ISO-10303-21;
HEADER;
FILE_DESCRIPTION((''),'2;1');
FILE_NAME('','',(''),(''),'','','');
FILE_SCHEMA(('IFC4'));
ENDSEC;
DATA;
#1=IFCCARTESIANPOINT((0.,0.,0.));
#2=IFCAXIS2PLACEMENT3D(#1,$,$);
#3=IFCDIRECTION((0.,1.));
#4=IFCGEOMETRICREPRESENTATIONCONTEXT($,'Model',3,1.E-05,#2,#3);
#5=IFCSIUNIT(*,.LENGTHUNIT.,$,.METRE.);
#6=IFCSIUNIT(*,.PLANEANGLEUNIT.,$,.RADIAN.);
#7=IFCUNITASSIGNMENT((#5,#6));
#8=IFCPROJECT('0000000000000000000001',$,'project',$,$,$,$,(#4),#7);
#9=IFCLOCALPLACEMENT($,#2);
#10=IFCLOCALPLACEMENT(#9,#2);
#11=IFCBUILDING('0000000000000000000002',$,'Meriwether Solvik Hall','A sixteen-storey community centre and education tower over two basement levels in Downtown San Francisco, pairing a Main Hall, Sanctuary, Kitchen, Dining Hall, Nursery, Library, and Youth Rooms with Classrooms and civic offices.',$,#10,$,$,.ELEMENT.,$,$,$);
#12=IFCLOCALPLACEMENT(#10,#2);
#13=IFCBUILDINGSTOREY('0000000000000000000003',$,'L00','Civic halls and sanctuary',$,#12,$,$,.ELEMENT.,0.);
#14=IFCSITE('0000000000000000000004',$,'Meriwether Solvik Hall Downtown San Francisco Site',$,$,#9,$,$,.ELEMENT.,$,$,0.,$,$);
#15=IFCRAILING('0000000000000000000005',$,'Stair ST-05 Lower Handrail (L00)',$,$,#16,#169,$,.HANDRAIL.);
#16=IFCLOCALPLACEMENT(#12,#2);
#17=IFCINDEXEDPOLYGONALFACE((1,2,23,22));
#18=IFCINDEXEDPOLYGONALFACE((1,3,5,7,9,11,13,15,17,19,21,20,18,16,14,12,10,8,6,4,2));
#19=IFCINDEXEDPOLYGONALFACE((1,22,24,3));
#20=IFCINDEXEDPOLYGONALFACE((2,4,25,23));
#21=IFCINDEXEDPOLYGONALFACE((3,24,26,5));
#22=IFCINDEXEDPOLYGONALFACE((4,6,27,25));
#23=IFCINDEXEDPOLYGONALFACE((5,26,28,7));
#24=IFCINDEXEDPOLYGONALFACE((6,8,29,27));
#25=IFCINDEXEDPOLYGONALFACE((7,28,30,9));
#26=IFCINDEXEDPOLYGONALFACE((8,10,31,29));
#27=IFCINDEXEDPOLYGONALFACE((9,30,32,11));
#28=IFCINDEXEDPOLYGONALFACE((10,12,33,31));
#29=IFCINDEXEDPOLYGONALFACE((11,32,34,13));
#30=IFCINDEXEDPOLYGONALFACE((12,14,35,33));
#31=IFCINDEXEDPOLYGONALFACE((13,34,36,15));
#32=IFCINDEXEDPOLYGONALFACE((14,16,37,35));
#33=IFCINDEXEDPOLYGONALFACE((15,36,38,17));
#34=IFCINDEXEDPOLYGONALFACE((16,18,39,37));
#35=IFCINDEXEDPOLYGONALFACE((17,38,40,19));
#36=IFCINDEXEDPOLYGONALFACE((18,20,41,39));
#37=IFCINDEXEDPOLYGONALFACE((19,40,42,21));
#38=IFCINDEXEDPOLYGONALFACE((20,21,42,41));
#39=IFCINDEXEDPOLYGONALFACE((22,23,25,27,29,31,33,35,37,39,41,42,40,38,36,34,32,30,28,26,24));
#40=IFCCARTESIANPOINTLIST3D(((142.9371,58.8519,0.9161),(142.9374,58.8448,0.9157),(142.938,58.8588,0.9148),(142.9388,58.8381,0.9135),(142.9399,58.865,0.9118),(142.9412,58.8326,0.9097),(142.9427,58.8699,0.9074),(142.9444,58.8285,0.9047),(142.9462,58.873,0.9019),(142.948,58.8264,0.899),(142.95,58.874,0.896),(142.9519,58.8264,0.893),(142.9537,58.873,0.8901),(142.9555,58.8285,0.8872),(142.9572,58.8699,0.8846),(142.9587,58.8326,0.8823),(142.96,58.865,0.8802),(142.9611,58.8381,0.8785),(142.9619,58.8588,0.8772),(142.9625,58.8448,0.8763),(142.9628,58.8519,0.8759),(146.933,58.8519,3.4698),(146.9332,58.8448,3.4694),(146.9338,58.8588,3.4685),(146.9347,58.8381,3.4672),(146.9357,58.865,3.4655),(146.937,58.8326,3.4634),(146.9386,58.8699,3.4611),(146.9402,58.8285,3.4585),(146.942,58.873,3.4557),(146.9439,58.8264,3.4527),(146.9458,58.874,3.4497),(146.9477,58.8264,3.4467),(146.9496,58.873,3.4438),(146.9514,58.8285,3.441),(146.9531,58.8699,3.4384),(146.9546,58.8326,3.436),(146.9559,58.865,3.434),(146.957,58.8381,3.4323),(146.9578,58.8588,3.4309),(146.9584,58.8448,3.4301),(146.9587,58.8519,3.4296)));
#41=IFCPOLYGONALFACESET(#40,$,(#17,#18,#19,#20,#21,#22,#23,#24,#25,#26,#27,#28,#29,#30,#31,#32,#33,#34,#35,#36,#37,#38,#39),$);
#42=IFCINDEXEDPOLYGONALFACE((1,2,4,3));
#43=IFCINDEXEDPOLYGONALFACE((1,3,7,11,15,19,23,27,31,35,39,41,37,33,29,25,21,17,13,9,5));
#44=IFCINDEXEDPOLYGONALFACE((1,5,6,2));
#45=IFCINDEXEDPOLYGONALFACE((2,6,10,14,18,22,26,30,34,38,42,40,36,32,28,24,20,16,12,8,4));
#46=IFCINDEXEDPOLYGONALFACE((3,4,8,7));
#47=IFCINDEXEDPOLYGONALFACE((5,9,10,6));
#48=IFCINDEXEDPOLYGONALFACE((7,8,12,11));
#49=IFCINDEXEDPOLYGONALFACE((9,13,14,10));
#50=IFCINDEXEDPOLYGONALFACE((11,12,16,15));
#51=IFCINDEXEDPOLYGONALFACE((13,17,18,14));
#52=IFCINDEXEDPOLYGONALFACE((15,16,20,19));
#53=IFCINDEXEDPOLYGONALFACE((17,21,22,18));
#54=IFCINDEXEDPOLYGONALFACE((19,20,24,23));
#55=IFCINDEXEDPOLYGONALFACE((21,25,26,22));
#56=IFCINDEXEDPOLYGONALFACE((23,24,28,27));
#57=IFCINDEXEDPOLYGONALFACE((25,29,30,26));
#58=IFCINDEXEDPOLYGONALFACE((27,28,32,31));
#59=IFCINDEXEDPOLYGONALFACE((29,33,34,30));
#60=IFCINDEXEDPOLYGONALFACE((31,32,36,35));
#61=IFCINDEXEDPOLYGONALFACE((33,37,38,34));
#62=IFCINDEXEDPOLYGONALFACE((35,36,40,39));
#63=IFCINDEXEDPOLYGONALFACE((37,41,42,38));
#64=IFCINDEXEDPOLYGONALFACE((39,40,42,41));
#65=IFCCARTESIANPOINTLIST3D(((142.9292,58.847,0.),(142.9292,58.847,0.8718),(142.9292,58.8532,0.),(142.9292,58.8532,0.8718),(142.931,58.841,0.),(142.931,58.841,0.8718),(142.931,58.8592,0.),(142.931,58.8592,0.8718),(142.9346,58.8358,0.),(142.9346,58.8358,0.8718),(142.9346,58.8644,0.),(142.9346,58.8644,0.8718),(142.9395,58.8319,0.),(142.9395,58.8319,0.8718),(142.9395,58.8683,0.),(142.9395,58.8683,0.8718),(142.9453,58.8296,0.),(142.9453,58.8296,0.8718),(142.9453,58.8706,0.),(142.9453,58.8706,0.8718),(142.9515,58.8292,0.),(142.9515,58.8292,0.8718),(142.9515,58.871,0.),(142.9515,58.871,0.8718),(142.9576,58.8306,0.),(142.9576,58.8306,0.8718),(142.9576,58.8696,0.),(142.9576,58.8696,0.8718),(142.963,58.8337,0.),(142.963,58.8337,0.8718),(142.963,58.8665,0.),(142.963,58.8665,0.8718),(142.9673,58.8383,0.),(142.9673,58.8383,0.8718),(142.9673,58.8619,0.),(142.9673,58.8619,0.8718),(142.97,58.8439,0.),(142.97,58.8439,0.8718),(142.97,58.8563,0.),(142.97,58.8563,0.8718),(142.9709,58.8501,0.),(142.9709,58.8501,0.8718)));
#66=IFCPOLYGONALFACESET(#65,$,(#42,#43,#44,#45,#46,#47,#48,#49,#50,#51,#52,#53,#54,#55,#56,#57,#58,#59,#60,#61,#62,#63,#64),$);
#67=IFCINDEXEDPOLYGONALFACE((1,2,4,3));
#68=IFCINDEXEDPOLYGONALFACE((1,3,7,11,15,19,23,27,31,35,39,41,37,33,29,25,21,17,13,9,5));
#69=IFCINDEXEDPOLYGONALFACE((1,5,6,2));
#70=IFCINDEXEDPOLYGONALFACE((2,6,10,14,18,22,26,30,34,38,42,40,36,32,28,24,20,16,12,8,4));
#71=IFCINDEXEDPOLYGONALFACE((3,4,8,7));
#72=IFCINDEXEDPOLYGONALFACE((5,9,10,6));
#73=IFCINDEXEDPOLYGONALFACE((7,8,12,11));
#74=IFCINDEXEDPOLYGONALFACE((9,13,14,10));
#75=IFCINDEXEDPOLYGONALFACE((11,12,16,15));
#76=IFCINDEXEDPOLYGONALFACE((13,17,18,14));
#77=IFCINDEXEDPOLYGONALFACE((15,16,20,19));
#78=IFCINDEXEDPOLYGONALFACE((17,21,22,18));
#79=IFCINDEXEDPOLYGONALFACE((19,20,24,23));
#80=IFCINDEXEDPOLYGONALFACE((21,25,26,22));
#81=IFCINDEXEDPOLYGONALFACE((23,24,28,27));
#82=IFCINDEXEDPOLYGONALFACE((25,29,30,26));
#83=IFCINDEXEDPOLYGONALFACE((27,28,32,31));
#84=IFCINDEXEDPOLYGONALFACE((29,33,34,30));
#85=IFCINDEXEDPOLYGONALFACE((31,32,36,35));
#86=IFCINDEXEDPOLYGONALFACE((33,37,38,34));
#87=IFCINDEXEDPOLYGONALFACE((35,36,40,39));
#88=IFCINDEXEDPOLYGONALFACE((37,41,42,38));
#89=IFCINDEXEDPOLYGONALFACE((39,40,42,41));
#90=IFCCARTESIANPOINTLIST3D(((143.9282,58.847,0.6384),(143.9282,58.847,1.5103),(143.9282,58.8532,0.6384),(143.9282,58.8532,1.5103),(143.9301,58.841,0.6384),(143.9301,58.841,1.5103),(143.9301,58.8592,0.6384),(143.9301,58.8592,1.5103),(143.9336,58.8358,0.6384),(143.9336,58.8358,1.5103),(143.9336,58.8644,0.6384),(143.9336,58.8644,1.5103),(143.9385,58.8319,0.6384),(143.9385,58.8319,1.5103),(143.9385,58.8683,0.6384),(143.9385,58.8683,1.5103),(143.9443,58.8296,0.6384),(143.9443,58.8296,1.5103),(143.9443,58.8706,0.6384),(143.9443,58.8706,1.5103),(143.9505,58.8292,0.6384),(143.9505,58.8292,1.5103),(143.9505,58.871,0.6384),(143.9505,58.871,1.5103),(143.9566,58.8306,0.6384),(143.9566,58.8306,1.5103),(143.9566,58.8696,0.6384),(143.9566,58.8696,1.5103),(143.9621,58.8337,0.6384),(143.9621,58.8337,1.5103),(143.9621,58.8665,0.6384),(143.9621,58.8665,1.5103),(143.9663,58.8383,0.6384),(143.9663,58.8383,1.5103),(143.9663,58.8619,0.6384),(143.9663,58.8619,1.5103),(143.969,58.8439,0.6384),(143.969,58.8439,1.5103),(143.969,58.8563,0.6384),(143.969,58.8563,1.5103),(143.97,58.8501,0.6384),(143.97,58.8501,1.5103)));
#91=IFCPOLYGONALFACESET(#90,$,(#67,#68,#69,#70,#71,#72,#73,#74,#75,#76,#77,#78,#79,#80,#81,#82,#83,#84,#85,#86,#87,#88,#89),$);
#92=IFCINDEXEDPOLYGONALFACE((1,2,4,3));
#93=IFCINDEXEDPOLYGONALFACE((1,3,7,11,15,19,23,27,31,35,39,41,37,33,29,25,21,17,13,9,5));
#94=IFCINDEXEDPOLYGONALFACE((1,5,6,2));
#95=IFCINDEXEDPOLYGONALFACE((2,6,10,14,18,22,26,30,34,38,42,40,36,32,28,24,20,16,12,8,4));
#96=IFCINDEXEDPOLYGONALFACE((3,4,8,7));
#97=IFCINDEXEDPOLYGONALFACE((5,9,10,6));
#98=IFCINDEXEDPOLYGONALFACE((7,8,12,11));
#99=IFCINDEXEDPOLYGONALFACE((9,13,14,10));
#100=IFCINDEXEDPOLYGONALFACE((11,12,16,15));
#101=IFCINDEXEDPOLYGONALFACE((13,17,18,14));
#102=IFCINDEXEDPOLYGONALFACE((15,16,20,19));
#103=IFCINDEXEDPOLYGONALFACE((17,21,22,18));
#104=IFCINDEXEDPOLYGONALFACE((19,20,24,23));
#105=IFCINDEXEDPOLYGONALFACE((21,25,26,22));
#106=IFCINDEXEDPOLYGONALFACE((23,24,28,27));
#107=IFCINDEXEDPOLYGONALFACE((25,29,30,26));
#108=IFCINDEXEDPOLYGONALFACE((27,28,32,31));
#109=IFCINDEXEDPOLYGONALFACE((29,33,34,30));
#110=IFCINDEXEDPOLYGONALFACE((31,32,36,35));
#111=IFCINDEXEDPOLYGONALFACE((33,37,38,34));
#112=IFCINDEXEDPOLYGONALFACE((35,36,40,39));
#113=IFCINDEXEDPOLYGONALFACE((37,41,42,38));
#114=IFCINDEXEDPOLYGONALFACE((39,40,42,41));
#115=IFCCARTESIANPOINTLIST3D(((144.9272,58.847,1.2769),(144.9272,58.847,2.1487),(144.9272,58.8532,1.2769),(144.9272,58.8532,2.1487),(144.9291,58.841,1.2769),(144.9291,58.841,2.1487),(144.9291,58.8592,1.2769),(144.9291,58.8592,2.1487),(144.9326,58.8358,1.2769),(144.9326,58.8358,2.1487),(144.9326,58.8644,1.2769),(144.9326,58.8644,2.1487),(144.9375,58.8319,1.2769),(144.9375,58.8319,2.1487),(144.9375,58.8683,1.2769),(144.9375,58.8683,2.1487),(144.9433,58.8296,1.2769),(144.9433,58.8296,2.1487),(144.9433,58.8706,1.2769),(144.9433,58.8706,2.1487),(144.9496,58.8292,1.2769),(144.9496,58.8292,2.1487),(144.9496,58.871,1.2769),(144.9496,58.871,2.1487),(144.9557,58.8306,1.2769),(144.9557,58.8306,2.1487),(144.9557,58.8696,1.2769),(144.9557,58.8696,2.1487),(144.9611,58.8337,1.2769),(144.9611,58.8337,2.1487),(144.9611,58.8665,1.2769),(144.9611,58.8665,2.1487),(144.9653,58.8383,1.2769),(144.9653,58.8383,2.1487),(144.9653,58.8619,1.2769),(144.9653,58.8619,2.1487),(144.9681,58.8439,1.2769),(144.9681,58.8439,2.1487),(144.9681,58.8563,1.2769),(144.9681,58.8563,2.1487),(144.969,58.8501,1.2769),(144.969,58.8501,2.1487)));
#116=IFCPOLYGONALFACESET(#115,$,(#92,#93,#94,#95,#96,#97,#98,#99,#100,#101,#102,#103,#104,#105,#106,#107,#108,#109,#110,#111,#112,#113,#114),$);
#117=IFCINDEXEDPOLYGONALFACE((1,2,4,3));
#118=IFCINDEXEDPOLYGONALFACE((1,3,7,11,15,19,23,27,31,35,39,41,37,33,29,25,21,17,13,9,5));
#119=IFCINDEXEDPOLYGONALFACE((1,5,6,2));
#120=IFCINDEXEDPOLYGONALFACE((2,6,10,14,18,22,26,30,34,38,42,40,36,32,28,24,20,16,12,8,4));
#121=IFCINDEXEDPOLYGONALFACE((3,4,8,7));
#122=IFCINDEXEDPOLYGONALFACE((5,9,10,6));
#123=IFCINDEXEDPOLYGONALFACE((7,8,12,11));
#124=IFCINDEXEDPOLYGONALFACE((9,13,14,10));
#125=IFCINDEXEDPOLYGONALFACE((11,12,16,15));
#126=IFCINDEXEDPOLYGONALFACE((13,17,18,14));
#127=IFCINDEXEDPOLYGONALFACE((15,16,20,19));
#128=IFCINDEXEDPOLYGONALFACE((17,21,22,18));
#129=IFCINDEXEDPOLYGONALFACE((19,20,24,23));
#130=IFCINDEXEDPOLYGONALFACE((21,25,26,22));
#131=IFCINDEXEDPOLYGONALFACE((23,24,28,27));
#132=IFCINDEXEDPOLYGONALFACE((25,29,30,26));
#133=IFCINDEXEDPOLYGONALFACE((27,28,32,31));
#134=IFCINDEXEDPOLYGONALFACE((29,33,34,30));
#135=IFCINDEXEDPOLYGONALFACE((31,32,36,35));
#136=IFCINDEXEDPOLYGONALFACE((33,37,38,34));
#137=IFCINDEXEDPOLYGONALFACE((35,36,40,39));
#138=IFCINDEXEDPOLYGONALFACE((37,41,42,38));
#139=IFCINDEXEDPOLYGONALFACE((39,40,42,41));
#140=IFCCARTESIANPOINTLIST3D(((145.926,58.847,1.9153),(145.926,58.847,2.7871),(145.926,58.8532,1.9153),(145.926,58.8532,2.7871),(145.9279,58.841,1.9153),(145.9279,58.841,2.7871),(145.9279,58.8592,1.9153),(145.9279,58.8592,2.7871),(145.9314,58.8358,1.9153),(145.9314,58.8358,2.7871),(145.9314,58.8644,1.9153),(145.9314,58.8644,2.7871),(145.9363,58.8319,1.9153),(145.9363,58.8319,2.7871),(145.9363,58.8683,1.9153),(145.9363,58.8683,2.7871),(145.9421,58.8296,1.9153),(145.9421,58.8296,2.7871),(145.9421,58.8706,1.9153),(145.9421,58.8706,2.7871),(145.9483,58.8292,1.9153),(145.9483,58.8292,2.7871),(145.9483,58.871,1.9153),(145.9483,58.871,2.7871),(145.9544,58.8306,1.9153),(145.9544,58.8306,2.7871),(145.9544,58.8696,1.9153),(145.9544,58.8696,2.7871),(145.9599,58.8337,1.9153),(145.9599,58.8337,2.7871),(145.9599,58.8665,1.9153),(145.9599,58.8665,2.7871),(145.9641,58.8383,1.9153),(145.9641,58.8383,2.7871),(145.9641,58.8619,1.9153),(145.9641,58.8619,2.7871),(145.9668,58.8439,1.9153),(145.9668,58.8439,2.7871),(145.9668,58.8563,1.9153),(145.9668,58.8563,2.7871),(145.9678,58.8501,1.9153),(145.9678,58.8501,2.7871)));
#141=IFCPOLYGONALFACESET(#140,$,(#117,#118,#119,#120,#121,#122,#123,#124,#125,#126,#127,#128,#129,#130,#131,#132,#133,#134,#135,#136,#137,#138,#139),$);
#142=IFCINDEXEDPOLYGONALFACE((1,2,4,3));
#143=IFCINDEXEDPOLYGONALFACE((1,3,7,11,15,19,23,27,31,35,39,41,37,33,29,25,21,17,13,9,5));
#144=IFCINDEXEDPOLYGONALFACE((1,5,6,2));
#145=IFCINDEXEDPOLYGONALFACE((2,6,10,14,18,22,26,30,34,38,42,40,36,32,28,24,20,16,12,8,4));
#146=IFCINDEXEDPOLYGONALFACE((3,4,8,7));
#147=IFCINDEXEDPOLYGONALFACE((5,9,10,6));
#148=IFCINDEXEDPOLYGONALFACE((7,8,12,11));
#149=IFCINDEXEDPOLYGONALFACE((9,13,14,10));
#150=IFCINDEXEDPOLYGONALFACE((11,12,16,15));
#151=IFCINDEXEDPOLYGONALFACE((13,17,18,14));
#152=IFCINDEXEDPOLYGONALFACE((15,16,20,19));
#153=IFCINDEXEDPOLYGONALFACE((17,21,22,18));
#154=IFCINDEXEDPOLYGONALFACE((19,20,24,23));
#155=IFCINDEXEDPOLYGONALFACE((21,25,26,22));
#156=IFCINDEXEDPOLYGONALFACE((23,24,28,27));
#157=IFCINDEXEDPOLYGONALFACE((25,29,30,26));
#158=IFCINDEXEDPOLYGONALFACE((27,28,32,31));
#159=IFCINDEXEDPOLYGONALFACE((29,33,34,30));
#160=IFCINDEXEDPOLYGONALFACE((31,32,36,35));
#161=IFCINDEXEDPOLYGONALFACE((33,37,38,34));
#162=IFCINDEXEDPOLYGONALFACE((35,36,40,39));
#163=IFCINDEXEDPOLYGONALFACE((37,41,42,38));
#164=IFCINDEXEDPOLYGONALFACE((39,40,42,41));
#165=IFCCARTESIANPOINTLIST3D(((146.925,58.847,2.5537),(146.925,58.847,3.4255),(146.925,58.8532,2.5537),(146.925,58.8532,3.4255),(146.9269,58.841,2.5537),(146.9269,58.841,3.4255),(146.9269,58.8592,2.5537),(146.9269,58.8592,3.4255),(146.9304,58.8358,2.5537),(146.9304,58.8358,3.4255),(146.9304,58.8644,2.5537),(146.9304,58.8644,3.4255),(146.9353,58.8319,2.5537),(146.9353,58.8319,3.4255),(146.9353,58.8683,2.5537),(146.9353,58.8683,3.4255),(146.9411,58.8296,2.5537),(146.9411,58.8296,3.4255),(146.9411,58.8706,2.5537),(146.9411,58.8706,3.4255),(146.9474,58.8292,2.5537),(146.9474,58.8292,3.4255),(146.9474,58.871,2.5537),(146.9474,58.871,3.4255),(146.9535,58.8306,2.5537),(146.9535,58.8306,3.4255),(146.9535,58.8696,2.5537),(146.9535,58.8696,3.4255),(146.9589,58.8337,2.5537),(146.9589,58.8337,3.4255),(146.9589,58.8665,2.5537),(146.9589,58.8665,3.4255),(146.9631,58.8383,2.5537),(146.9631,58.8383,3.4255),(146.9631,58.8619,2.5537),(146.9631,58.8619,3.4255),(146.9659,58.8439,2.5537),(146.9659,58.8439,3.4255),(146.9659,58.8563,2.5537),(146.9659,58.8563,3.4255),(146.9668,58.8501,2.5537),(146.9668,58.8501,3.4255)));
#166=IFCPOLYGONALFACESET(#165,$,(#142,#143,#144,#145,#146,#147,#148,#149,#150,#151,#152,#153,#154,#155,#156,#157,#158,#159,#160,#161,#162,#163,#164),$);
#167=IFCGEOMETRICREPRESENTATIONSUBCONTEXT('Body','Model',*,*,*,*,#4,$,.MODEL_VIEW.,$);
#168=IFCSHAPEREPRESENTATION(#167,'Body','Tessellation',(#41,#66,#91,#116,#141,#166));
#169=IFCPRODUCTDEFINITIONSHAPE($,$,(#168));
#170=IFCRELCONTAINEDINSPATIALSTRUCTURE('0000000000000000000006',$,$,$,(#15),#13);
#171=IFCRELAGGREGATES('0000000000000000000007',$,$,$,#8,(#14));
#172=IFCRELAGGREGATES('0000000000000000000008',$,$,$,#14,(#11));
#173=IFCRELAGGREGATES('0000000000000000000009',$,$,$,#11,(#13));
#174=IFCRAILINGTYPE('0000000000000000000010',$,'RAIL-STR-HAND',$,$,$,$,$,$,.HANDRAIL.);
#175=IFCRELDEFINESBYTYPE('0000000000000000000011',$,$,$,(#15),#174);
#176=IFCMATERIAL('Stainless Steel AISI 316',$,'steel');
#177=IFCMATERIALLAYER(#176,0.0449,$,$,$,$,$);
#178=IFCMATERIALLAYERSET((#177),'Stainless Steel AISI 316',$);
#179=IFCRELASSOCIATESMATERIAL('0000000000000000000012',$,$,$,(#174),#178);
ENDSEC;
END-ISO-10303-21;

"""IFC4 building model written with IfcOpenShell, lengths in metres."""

from ifc_helpers import new_model, si_unit, direction, frame, origin, origin_2d, place, context, subcontext, project, spatial, circle, extrude, material, layer, layer_set, type_object, element, save


model = new_model("IFC4")

# Units and contexts
model_context = context("Model", 3, precision=1e-05, world=origin(), true_north=direction((0.0, 1.0)))
body_context = subcontext(model_context, "Body", "Model", "MODEL_VIEW")
ifc_project = project(units=[si_unit("LENGTHUNIT", "METRE"), si_unit("PLANEANGLEUNIT", "RADIAN")], contexts=[model_context])

# Site, building, storey
site_placement = place(None, origin())
site = spatial("IfcSite", under=ifc_project, at=site_placement, Name="Meriwether Solvik Hall Downtown San Francisco Site", CompositionType="ELEMENT", RefElevation=0.0)
building_placement = place(site_placement, origin())
building = spatial("IfcBuilding", under=site, at=building_placement, Name="Meriwether Solvik Hall", Description="A sixteen-storey community centre and education tower over two basement levels in Downtown San Francisco, pairing a Main Hall, Sanctuary, Kitchen, Dining Hall, Nursery, Library, and Youth Rooms with Classrooms and civic offices.", CompositionType="ELEMENT")
storey_placement = place(building_placement, origin())
storey = spatial("IfcBuildingStorey", under=building, at=storey_placement, Name="L00", Description="Civic halls and sanctuary", CompositionType="ELEMENT", Elevation=0.0)

# Railing
ifc_material_1 = material(Name="Stainless Steel AISI 316", Category="steel")
ifc_layer_1 = layer(ifc_material_1, 0.0449)
ifc_layer_set_1 = layer_set([ifc_layer_1], Name="Stainless Steel AISI 316")
railing_type_1 = type_object("IfcRailingType", Name="RAIL-STR-HAND", PredefinedType="HANDRAIL", material=ifc_layer_set_1)
railing_1_placement = place(storey_placement, frame((142.95, 58.8501, 0.0)))
element("IfcRailing", 1, at=railing_1_placement, inside=storey, type_object=railing_type_1, Name="Stair ST-05 Lower Handrail (L00)", PredefinedType="HANDRAIL", context=body_context, shape_type="SweptSolid", body=[
    extrude(circle(Radius=0.0239, at=origin_2d()), frame((0.0, 0.0, 0.896), z_axis=(0.842619, 0.0, 0.53851), x_axis=(0.0, 1.0, 0.0)), (0.0, 0.0, 1.0), 4.7422),
    extrude(circle(Radius=0.021, at=origin_2d()), origin(), (0.0, 0.0, 1.0), 0.8718),
    extrude(circle(Radius=0.021, at=origin_2d()), frame((0.999, 0.0, 0.6384)), (0.0, 0.0, 1.0), 0.8718),
    extrude(circle(Radius=0.021, at=origin_2d()), frame((1.998, 0.0, 1.2769)), (0.0, 0.0, 1.0), 0.8718),
    extrude(circle(Radius=0.021, at=origin_2d()), frame((2.9968, 0.0, 1.9153)), (0.0, 0.0, 1.0), 0.8718),
    extrude(circle(Radius=0.021, at=origin_2d()), frame((3.9958, 0.0, 2.5537)), (0.0, 0.0, 1.0), 0.8718),
])

save(model, "model.ifc")
